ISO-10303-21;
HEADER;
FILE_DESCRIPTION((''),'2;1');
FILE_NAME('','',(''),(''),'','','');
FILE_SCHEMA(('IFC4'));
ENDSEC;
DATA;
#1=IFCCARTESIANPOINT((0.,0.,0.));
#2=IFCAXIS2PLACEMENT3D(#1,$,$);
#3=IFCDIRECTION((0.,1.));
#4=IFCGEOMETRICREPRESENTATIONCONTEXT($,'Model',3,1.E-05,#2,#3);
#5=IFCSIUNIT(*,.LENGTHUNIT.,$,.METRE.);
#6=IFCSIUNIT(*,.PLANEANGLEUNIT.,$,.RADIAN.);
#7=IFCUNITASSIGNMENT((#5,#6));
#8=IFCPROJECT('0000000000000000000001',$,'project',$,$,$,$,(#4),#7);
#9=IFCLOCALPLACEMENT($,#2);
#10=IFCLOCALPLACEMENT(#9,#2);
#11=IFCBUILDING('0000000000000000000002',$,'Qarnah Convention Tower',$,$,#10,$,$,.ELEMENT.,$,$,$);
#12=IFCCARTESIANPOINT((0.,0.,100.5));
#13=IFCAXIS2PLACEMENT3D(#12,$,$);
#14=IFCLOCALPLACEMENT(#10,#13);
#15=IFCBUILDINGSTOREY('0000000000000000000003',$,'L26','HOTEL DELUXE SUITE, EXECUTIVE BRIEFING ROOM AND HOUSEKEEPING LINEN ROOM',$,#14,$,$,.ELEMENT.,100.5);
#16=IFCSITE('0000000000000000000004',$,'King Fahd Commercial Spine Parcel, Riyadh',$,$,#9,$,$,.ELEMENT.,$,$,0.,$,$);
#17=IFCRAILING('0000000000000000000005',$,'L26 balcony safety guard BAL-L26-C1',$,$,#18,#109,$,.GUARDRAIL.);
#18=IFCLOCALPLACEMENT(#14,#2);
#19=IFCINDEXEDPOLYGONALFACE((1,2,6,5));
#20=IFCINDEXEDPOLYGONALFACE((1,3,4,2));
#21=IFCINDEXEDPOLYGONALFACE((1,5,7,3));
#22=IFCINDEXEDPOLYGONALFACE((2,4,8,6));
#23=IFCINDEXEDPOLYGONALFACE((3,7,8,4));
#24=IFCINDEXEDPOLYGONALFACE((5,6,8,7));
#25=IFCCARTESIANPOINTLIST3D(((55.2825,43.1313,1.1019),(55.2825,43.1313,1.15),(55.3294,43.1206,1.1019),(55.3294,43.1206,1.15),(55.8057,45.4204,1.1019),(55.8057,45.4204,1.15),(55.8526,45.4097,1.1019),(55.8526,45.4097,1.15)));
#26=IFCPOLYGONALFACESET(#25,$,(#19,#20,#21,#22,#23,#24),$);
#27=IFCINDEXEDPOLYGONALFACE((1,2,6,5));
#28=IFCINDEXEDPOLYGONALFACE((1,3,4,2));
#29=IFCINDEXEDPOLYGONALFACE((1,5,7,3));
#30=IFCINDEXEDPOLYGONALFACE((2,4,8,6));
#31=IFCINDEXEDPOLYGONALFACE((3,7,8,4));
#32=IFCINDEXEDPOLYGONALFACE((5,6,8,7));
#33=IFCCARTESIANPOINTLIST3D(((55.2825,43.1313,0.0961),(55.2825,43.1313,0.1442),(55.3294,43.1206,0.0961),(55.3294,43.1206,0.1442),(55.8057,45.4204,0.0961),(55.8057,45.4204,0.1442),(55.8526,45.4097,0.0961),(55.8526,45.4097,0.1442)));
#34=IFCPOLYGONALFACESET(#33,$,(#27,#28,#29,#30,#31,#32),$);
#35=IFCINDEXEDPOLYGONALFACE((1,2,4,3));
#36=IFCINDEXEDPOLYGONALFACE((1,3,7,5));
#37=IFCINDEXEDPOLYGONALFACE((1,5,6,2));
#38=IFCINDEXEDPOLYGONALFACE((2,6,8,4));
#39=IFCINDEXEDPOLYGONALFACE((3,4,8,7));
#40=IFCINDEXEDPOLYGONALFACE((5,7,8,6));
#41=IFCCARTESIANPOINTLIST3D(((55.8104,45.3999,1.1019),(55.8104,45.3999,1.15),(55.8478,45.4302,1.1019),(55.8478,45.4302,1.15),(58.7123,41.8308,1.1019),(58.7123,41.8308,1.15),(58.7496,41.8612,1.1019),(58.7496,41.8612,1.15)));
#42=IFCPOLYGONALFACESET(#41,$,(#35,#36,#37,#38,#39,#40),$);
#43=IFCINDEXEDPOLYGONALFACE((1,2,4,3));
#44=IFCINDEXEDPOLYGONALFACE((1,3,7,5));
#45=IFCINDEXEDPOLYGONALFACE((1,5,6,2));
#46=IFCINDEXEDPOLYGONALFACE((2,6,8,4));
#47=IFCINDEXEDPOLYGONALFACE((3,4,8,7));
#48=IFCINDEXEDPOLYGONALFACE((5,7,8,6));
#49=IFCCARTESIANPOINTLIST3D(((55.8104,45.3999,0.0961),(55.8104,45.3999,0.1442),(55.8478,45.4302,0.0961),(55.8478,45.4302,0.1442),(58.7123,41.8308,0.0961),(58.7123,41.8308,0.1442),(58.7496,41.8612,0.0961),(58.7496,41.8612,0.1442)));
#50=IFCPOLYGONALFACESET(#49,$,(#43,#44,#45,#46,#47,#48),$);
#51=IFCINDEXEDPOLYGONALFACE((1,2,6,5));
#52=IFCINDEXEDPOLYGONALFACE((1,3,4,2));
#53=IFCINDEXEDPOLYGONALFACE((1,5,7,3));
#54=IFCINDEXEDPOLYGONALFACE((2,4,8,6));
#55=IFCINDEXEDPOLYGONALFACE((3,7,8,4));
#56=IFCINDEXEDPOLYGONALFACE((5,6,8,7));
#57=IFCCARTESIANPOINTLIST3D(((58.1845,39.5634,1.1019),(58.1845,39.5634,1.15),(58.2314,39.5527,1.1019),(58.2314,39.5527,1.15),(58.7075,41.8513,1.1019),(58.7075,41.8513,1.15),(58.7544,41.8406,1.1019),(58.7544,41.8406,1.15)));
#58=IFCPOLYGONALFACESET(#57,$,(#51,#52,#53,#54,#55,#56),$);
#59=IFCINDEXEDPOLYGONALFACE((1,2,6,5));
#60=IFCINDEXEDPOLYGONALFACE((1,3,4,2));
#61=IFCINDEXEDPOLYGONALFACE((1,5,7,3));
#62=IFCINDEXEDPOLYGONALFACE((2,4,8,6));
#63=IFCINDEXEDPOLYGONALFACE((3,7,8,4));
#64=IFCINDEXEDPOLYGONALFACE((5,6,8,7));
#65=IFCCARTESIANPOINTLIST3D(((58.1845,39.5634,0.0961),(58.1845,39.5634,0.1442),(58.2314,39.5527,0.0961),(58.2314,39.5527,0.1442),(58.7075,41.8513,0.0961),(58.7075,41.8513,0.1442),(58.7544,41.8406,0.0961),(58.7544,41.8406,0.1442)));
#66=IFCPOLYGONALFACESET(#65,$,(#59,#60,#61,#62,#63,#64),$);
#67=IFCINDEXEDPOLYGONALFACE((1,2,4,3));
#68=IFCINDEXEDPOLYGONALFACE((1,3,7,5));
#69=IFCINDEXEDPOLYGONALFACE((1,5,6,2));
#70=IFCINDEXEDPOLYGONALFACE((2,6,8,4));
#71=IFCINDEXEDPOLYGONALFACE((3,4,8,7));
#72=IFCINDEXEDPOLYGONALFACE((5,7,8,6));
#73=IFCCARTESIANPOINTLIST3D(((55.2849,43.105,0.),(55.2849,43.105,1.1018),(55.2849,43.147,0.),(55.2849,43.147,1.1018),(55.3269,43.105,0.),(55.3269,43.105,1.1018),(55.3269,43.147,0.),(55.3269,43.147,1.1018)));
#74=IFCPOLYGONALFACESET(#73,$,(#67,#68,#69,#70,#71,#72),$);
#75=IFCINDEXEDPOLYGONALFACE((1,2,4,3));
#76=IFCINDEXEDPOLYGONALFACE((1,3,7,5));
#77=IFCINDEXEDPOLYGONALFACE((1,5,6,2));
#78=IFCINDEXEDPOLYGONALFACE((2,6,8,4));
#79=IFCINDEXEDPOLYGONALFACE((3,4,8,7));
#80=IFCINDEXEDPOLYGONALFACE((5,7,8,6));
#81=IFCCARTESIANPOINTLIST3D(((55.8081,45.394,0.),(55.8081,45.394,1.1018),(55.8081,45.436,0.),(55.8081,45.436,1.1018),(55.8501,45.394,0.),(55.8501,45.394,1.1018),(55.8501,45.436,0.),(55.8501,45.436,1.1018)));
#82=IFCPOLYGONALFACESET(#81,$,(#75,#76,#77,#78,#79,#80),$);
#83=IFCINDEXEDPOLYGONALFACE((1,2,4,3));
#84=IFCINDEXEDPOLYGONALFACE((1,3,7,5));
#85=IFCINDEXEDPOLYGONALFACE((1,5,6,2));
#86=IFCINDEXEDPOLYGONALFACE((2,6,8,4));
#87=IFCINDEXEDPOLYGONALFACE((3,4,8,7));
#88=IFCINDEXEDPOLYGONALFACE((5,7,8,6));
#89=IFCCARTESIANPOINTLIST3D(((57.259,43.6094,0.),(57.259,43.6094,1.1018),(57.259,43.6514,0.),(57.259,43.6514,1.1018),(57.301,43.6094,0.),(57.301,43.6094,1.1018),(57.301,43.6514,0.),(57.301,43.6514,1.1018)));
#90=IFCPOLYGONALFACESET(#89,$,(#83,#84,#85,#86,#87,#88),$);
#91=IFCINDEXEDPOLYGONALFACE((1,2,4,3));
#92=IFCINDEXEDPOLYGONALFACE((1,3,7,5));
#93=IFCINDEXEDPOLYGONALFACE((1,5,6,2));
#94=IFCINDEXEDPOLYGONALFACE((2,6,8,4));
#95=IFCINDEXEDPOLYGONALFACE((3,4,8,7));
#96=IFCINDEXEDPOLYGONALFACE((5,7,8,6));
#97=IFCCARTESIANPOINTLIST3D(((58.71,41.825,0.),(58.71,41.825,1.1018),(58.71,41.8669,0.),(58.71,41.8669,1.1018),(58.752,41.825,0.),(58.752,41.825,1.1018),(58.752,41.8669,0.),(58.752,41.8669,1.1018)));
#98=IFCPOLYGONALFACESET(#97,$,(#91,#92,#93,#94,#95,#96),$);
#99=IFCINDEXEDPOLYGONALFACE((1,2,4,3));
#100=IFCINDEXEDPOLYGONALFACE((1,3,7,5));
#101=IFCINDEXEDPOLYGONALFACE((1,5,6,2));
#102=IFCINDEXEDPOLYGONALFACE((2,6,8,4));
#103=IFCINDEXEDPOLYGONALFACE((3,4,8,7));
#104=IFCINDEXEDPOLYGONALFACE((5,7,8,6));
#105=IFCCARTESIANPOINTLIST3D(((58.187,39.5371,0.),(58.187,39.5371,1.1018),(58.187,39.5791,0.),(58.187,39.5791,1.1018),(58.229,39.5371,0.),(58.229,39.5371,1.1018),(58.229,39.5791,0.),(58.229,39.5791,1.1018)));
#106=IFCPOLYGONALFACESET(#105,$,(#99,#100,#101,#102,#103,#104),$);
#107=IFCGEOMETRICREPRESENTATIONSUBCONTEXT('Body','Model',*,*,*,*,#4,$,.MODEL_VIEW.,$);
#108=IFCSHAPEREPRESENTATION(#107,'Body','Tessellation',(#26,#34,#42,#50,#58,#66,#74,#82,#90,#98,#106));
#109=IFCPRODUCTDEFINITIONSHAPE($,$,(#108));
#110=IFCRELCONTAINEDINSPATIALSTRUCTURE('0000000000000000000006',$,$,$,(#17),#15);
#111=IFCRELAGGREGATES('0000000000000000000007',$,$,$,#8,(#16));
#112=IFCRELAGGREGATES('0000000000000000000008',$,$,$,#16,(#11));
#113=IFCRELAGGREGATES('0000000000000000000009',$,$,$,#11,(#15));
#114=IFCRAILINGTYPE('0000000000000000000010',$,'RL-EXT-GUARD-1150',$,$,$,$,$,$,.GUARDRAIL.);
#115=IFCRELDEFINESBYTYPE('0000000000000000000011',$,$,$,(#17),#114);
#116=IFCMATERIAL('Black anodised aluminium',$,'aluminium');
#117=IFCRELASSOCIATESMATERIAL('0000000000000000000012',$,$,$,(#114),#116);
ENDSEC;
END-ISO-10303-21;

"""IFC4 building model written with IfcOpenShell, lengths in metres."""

from ifc_helpers import new_model, si_unit, direction, frame, origin, origin_2d, place, context, subcontext, project, spatial, rectangle, extrude, material, type_object, element, save


model = new_model("IFC4")

# Units and contexts
model_context = context("Model", 3, precision=1e-05, world=origin(), true_north=direction((0.0, 1.0)))
body_context = subcontext(model_context, "Body", "Model", "MODEL_VIEW")
ifc_project = project(units=[si_unit("LENGTHUNIT", "METRE"), si_unit("PLANEANGLEUNIT", "RADIAN")], contexts=[model_context])

# Site, building, storey
site_placement = place(None, origin())
site = spatial("IfcSite", under=ifc_project, at=site_placement, Name="King Fahd Commercial Spine Parcel, Riyadh", CompositionType="ELEMENT", RefElevation=0.0)
building_placement = place(site_placement, origin())
building = spatial("IfcBuilding", under=site, at=building_placement, Name="Qarnah Convention Tower", CompositionType="ELEMENT")
storey_placement = place(building_placement, frame((0.0, 0.0, 100.5)))
storey = spatial("IfcBuildingStorey", under=building, at=storey_placement, Name="L26", Description="HOTEL DELUXE SUITE, EXECUTIVE BRIEFING ROOM AND HOUSEKEEPING LINEN ROOM", CompositionType="ELEMENT", Elevation=100.5)

# Shared definitions
ifc_material_1 = material(Name="Black anodised aluminium", Category="aluminium")

# Railing
railing_type = type_object("IfcRailingType", Name="RL-EXT-GUARD-1150", PredefinedType="GUARDRAIL", material=ifc_material_1)
railing_1_placement = place(storey_placement, frame((55.3059, 43.126, 0.0)))
element("IfcRailing", 1, at=railing_1_placement, inside=storey, type_object=railing_type, Name="L26 balcony safety guard BAL-L26-C1", PredefinedType="GUARDRAIL", context=body_context, shape_type="SweptSolid", body=[
    extrude(rectangle(XDim=0.0481, YDim=0.0481, at=origin_2d()), frame((0.0, 0.0, 1.126), z_axis=(0.222816, 0.97486, 0.0), x_axis=(-0.97486, 0.222816, 0.0)), (0.0, 0.0, 1.0), 2.3481),
    extrude(rectangle(XDim=0.0481, YDim=0.0481, at=origin_2d()), frame((0.0, 0.0, 0.1201), z_axis=(0.222816, 0.97486, 0.0), x_axis=(-0.97486, 0.222816, 0.0)), (0.0, 0.0, 1.0), 2.3481),
    extrude(rectangle(XDim=0.0481, YDim=0.0481, at=origin_2d()), frame((0.5232, 2.2891, 1.126), z_axis=(0.63085, -0.775905, 0.0), x_axis=(0.775905, 0.63085, 0.0)), (0.0, 0.0, 1.0), 4.5999),
    extrude(rectangle(XDim=0.0481, YDim=0.0481, at=origin_2d()), frame((0.5232, 2.2891, 0.1201), z_axis=(0.63085, -0.775905, 0.0), x_axis=(0.775905, 0.63085, 0.0)), (0.0, 0.0, 1.0), 4.5999),
    extrude(rectangle(XDim=0.0481, YDim=0.0481, at=origin_2d()), frame((3.425, -1.28, 1.126), z_axis=(-0.22283, -0.974857, 0.0), x_axis=(0.974857, -0.22283, 0.0)), (0.0, 0.0, 1.0), 2.3469),
    extrude(rectangle(XDim=0.0481, YDim=0.0481, at=origin_2d()), frame((3.425, -1.28, 0.1201), z_axis=(-0.22283, -0.974857, 0.0), x_axis=(0.974857, -0.22283, 0.0)), (0.0, 0.0, 1.0), 2.3469),
    extrude(rectangle(XDim=0.042, YDim=0.042, at=origin_2d()), origin(), (0.0, 0.0, 1.0), 1.1018),
    extrude(rectangle(XDim=0.042, YDim=0.042, at=origin_2d()), frame((0.5232, 2.2891, 0.0)), (0.0, 0.0, 1.0), 1.1018),
    extrude(rectangle(XDim=0.042, YDim=0.042, at=origin_2d()), frame((1.9741, 0.5044, 0.0)), (0.0, 0.0, 1.0), 1.1018),
    extrude(rectangle(XDim=0.042, YDim=0.042, at=origin_2d()), frame((3.425, -1.28, 0.0)), (0.0, 0.0, 1.0), 1.1018),
    extrude(rectangle(XDim=0.042, YDim=0.042, at=origin_2d()), frame((2.9021, -3.5679, 0.0)), (0.0, 0.0, 1.0), 1.1018),
])

save(model, "model.ifc")
